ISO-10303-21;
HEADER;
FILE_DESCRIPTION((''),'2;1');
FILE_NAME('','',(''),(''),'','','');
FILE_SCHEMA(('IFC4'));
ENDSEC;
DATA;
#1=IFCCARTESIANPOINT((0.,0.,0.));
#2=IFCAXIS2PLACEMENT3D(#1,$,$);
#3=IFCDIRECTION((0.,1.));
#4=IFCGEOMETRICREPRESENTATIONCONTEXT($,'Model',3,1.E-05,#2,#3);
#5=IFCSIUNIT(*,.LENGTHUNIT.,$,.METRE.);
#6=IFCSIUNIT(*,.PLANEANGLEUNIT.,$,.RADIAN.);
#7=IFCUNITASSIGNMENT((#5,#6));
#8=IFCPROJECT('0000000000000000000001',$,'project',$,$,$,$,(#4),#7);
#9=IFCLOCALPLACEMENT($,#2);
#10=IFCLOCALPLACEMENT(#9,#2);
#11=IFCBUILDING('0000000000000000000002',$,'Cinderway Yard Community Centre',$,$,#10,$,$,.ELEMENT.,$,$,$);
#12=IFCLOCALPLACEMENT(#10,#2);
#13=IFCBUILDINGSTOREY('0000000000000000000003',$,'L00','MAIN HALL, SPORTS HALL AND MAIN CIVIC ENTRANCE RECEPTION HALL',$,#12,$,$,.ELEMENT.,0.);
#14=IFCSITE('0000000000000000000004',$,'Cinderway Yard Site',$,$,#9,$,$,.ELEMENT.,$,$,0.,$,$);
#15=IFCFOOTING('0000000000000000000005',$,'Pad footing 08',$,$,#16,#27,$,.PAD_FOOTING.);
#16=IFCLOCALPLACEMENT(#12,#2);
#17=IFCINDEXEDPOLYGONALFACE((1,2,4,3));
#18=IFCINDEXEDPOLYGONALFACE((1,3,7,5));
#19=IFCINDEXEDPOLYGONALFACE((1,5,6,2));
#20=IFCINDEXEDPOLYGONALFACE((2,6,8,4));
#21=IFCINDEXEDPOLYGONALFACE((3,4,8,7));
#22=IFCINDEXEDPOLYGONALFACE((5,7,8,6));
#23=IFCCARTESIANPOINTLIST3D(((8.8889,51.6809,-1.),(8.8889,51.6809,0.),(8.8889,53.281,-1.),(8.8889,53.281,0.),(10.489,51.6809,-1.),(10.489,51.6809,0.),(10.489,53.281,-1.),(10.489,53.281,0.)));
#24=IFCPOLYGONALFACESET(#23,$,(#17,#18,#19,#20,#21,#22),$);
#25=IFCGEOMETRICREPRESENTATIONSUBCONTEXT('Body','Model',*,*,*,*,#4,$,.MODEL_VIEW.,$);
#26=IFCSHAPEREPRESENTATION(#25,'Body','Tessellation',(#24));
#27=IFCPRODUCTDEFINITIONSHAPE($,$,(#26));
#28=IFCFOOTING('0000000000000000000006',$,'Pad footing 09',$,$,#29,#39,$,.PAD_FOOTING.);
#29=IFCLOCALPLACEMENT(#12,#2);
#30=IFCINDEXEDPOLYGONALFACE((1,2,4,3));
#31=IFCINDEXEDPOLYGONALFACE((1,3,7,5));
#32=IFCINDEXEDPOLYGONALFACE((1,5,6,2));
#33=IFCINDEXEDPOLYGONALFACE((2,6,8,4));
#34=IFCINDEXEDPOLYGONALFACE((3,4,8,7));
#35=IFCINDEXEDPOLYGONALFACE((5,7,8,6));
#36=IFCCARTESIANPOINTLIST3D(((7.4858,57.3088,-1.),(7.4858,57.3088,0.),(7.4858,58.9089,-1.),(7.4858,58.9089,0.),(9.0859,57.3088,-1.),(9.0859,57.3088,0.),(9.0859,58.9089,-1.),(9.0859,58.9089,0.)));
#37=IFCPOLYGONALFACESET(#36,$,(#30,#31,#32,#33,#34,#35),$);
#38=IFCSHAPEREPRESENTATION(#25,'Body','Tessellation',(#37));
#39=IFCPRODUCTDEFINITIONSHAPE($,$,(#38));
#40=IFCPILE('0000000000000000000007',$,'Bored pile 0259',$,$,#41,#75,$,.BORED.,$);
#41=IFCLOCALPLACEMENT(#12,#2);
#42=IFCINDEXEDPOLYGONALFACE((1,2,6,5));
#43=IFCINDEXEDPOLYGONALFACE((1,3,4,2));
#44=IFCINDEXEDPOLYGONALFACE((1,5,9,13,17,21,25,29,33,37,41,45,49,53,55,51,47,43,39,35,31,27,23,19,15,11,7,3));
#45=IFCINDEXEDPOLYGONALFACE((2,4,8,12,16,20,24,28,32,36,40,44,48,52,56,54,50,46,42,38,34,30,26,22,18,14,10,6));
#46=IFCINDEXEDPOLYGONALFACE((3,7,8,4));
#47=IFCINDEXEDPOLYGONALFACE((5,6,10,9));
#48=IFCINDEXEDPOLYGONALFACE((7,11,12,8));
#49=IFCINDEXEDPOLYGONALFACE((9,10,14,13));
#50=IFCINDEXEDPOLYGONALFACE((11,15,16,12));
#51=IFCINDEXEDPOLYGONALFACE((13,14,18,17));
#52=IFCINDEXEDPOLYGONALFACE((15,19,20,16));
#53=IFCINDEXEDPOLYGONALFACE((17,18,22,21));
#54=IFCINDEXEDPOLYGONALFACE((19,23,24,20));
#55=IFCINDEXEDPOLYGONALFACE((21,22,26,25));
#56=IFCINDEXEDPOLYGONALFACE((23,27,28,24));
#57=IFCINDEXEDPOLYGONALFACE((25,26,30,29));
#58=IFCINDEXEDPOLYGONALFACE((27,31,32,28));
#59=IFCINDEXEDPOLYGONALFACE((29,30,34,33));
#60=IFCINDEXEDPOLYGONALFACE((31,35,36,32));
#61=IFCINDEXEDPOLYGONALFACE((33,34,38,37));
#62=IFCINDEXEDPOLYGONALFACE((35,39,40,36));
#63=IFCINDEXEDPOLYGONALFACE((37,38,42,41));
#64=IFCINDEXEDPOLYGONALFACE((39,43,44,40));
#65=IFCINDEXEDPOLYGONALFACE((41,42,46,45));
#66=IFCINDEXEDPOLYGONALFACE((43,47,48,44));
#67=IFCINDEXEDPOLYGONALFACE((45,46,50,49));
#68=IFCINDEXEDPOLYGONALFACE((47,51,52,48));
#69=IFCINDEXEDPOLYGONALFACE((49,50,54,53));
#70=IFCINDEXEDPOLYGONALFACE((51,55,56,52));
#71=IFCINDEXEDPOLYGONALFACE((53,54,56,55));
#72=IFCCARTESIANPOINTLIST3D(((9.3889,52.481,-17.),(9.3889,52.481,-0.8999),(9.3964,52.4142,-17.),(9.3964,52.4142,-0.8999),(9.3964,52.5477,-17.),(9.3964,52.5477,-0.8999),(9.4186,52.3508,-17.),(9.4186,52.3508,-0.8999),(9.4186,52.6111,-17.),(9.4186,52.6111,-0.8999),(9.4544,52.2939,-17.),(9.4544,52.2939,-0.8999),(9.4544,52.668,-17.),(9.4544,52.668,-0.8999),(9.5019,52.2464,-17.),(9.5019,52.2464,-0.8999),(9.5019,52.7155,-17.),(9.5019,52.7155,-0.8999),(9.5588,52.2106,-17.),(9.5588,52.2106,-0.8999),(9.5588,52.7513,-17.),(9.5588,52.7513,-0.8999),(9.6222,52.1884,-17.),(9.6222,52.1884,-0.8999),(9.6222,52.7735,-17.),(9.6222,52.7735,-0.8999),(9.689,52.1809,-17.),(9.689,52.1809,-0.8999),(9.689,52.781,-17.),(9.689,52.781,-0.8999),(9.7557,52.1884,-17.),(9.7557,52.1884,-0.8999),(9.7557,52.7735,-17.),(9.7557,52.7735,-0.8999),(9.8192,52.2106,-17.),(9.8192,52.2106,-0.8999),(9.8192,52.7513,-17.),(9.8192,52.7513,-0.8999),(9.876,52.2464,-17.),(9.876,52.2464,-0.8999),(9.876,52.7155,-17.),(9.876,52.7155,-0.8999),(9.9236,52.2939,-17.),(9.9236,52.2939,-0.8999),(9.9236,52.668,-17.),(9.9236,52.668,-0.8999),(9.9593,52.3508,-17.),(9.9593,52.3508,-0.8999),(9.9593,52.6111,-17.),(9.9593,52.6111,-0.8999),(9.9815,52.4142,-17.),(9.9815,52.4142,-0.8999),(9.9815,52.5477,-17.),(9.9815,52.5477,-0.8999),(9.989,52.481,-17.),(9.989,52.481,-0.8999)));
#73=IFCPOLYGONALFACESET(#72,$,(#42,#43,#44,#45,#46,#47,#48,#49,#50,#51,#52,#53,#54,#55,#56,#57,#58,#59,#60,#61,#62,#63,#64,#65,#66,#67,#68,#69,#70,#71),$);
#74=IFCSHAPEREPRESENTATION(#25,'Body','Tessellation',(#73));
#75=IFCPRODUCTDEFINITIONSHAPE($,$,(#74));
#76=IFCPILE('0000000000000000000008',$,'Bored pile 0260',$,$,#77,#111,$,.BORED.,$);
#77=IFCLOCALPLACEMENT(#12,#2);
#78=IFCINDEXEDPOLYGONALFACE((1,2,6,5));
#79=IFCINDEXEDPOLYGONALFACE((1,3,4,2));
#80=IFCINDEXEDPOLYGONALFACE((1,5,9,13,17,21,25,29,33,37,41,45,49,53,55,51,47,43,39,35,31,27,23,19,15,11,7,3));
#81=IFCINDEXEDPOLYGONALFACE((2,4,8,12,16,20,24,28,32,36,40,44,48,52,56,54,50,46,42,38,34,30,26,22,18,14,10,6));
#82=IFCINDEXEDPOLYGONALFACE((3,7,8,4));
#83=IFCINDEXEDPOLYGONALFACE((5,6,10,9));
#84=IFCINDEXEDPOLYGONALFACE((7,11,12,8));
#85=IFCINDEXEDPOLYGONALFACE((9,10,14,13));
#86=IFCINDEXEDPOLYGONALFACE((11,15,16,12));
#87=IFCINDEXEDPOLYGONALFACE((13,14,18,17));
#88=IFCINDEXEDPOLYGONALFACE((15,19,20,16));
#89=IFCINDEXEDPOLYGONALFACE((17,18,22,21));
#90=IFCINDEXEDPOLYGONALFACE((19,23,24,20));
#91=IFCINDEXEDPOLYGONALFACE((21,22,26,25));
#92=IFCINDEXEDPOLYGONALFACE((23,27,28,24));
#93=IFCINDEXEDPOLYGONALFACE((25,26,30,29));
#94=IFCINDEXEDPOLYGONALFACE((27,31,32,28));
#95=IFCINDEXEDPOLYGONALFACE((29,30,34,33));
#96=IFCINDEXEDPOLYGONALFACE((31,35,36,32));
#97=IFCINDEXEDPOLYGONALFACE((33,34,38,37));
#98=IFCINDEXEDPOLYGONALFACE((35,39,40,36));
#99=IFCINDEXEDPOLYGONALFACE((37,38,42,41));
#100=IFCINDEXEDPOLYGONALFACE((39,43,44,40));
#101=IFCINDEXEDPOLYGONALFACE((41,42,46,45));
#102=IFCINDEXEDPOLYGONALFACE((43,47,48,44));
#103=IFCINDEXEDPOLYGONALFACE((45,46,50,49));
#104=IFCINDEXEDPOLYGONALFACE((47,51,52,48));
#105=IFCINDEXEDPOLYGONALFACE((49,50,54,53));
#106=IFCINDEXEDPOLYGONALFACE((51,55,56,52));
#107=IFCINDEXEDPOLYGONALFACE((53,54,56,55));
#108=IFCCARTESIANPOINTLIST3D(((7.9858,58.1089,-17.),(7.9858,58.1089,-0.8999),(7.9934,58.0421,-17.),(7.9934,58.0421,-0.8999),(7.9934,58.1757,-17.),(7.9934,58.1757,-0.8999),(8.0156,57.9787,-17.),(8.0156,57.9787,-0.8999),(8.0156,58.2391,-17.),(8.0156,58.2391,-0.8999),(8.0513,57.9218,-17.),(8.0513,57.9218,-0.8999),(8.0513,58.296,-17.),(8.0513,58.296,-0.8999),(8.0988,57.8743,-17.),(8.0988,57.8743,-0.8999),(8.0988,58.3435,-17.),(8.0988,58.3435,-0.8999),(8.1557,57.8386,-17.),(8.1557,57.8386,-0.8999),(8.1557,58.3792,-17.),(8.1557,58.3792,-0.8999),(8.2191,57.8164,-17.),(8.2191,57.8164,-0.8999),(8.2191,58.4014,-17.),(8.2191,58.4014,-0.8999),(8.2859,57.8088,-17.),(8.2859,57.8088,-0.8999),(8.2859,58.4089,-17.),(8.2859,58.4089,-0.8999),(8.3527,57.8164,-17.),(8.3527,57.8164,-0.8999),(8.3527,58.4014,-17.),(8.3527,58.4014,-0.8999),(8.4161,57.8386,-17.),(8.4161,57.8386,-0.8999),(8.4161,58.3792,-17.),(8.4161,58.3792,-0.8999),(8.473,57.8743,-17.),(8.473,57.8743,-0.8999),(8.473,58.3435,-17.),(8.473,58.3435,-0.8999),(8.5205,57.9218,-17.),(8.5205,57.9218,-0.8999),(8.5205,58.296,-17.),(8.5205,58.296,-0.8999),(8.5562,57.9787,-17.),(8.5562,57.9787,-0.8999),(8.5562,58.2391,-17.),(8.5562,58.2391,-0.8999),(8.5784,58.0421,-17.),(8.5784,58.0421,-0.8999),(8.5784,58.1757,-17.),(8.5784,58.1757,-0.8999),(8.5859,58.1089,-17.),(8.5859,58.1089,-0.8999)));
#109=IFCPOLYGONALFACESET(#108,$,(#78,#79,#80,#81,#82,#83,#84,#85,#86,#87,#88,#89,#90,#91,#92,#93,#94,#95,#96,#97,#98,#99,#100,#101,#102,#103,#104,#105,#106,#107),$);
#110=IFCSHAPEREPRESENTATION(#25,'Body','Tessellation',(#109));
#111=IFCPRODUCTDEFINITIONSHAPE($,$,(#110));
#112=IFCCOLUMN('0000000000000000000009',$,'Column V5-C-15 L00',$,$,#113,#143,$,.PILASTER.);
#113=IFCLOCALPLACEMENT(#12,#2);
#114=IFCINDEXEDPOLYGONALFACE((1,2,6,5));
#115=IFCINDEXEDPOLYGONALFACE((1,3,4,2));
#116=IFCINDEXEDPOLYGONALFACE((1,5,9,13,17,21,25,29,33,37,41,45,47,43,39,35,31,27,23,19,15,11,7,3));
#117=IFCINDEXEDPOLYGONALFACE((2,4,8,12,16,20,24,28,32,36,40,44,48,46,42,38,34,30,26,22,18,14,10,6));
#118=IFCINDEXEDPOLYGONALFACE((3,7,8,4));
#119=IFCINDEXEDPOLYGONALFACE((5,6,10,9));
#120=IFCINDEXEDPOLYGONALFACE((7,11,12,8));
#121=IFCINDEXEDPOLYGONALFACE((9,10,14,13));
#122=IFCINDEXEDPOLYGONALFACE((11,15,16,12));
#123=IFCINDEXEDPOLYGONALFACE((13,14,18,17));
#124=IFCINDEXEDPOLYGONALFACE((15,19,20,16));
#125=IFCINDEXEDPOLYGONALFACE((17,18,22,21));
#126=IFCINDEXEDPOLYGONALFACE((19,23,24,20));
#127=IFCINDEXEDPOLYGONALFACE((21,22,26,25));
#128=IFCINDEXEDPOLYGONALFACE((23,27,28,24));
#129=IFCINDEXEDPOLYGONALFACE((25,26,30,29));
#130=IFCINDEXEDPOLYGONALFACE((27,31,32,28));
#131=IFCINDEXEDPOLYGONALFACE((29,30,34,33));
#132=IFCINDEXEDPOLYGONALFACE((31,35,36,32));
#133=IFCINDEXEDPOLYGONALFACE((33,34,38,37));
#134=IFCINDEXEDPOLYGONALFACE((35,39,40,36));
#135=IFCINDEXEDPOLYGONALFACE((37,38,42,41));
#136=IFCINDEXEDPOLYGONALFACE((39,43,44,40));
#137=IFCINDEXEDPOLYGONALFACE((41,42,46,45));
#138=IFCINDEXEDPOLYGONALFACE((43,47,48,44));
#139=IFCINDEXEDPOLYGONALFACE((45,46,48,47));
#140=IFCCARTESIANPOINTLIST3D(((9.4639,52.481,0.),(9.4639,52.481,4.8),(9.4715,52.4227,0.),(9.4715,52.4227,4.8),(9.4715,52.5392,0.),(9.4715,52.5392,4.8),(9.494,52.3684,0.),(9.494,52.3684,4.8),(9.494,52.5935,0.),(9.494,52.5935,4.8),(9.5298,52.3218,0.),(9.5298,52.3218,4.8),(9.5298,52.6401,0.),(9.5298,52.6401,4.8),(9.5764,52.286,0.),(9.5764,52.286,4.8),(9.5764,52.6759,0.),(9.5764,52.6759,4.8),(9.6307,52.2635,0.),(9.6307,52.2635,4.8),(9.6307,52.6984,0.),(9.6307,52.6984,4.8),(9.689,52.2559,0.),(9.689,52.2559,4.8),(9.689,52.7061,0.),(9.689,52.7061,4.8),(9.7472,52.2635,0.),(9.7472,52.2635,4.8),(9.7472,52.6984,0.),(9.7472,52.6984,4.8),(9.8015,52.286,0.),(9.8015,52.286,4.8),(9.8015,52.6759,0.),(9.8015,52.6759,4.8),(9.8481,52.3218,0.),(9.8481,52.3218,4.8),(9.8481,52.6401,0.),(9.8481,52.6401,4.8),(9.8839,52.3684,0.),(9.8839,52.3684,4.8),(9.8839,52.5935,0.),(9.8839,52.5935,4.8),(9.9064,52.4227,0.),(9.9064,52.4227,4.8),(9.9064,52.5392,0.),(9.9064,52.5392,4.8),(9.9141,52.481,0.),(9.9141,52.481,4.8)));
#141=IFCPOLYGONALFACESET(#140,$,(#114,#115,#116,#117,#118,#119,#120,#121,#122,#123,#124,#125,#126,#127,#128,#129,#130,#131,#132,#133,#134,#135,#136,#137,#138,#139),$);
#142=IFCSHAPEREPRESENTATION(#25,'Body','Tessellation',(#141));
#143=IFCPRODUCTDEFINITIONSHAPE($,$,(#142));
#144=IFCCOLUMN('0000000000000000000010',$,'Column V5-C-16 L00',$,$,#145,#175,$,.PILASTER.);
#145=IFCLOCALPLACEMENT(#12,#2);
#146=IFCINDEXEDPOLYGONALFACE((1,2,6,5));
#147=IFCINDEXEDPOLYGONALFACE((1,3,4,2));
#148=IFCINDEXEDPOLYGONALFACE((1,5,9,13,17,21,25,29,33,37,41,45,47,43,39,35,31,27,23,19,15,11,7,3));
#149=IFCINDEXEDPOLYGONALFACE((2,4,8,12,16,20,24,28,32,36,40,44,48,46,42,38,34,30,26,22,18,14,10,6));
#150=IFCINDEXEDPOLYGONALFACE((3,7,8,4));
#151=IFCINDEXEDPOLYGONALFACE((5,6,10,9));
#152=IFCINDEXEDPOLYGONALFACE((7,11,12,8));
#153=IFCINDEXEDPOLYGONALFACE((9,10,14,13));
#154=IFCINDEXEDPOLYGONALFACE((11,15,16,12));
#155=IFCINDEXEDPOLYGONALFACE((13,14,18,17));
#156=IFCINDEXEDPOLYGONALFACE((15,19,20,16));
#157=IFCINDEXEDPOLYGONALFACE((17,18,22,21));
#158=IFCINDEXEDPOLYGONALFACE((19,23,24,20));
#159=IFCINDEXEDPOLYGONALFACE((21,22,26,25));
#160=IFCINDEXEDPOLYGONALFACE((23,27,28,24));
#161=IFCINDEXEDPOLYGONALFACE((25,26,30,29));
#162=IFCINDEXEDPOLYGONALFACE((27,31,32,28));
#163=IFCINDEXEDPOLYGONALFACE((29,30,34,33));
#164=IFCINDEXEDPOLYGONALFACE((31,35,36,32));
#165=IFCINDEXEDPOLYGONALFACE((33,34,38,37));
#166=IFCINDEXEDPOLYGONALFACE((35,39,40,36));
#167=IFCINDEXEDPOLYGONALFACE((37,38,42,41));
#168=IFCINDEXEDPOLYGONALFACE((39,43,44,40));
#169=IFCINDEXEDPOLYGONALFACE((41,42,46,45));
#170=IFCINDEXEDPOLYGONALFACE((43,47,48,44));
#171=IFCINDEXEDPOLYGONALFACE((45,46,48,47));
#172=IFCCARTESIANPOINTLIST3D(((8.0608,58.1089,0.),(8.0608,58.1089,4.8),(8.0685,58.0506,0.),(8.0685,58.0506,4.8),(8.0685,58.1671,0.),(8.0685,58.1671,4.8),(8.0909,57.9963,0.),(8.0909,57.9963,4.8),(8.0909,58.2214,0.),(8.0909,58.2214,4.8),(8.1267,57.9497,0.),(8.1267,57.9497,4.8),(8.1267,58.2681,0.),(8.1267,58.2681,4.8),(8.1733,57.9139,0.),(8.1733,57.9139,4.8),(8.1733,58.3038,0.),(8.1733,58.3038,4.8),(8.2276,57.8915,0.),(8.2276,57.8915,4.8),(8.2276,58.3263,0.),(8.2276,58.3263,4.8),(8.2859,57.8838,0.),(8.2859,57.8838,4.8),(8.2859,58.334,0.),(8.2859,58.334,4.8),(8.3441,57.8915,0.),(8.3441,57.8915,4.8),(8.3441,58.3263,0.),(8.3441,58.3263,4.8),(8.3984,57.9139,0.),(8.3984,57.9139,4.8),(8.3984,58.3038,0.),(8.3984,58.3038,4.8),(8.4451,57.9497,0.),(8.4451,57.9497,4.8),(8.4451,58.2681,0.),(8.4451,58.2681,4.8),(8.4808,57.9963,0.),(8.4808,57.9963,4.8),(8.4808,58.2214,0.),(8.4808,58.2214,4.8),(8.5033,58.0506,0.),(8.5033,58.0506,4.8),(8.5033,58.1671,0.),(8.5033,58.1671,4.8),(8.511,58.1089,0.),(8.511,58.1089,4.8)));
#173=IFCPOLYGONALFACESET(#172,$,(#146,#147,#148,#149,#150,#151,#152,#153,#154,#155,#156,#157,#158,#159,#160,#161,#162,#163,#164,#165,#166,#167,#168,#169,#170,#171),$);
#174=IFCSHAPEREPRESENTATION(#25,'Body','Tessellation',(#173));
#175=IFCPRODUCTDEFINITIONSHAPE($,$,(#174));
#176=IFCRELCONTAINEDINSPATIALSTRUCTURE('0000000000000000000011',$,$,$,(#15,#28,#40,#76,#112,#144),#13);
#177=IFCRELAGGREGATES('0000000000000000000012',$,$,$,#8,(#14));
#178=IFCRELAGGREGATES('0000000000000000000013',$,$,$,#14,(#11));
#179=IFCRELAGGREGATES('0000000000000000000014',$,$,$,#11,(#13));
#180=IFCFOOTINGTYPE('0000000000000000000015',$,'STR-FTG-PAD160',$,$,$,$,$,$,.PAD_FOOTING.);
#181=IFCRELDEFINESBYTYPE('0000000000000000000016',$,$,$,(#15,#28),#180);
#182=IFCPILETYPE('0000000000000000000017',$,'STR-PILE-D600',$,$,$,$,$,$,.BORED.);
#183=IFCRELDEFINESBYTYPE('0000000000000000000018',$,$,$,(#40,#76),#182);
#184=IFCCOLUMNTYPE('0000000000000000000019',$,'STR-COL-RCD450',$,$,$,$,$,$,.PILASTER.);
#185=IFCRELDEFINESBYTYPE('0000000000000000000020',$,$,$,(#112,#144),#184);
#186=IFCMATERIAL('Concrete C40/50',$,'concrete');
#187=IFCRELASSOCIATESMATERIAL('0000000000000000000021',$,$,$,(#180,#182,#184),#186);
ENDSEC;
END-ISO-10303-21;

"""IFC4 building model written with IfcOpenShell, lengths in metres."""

from ifc_helpers import new_model, si_unit, direction, frame, origin, origin_2d, place, context, subcontext, project, spatial, rectangle, circle, extrude, material, material_profile, profile_set, type_object, element, save


model = new_model("IFC4")

# Units and contexts
model_context = context("Model", 3, precision=1e-05, world=origin(), true_north=direction((0.0, 1.0)))
body_context = subcontext(model_context, "Body", "Model", "MODEL_VIEW")
ifc_project = project(units=[si_unit("LENGTHUNIT", "METRE"), si_unit("PLANEANGLEUNIT", "RADIAN")], contexts=[model_context])

# Site, building, storey
site_placement = place(None, origin())
site = spatial("IfcSite", under=ifc_project, at=site_placement, Name="Cinderway Yard Site", CompositionType="ELEMENT", RefElevation=0.0)
building_placement = place(site_placement, origin())
building = spatial("IfcBuilding", under=site, at=building_placement, Name="Cinderway Yard Community Centre", CompositionType="ELEMENT")
storey_placement = place(building_placement, origin())
storey = spatial("IfcBuildingStorey", under=building, at=storey_placement, Name="L00", Description="MAIN HALL, SPORTS HALL AND MAIN CIVIC ENTRANCE RECEPTION HALL", CompositionType="ELEMENT", Elevation=0.0)

# Footings
ifc_material_1 = material(Name="Concrete C40/50", Category="concrete")
footing_type = type_object("IfcFootingType", Name="STR-FTG-PAD160", PredefinedType="PAD_FOOTING", material=ifc_material_1)
for number, where, z_axis, x_axis, name in (
    (1, (9.689, 52.481, -1.0), (0.0, 0.0, 1.0), (1.0, 0.0, 0.0), "Pad footing 08"),
    (2, (8.2859, 58.1089, -1.0), (0.0, 0.0, 1.0), (1.0, 0.0, 0.0), "Pad footing 09"),
):
    element("IfcFooting", number, at=place(storey_placement, frame(where, z_axis=z_axis, x_axis=x_axis)), inside=storey, type_object=footing_type, Name=name, PredefinedType="PAD_FOOTING", context=body_context, shape_type="SweptSolid", body=[
        extrude(rectangle(XDim=1.6001, YDim=1.6001, at=origin_2d()), origin(), (0.0, 0.0, 1.0), 1.0),
    ])

# Piles
ifc_material_profile_1 = material_profile(ifc_material_1, circle(Radius=0.3, at=origin_2d()), Name="Concrete C40/50")
ifc_profile_set_1 = profile_set([ifc_material_profile_1], Name="Concrete C40/50")
pile_type = type_object("IfcPileType", Name="STR-PILE-D600", PredefinedType="BORED", material=ifc_profile_set_1)
for number, where, z_axis, x_axis, name in (
    (3, (9.689, 52.481, -0.8999), (0.0, 0.0, -1.0), (1.0, 0.0, 0.0), "Bored pile 0259"),
    (4, (8.2859, 58.1089, -0.8999), (0.0, 0.0, -1.0), (1.0, 0.0, 0.0), "Bored pile 0260"),
):
    element("IfcPile", number, at=place(storey_placement, frame(where, z_axis=z_axis, x_axis=x_axis)), inside=storey, type_object=pile_type, Name=name, PredefinedType="BORED", context=body_context, shape_type="SweptSolid", body=[
        extrude(circle(Radius=0.3, at=origin_2d()), origin(), (0.0, 0.0, 1.0), 16.1001),
    ])

# Columns
ifc_material_profile_2 = material_profile(ifc_material_1, circle(Radius=0.2251, at=origin_2d()), Name="Concrete C40/50")
ifc_profile_set_2 = profile_set([ifc_material_profile_2], Name="Concrete C40/50")
column_type = type_object("IfcColumnType", Name="STR-COL-RCD450", PredefinedType="PILASTER", material=ifc_profile_set_2)
for number, where, z_axis, x_axis, name in (
    (5, (9.689, 52.481, 0.0), (0.0, 0.0, 1.0), (1.0, 0.0, 0.0), "Column V5-C-15 L00"),
    (6, (8.2859, 58.1089, 0.0), (0.0, 0.0, 1.0), (1.0, 0.0, 0.0), "Column V5-C-16 L00"),
):
    element("IfcColumn", number, at=place(storey_placement, frame(where, z_axis=z_axis, x_axis=x_axis)), inside=storey, type_object=column_type, Name=name, PredefinedType="PILASTER", context=body_context, shape_type="SweptSolid", body=[
        extrude(circle(Radius=0.2251, at=origin_2d()), origin(), (0.0, 0.0, 1.0), 4.8),
    ])

save(model, "model.ifc")
